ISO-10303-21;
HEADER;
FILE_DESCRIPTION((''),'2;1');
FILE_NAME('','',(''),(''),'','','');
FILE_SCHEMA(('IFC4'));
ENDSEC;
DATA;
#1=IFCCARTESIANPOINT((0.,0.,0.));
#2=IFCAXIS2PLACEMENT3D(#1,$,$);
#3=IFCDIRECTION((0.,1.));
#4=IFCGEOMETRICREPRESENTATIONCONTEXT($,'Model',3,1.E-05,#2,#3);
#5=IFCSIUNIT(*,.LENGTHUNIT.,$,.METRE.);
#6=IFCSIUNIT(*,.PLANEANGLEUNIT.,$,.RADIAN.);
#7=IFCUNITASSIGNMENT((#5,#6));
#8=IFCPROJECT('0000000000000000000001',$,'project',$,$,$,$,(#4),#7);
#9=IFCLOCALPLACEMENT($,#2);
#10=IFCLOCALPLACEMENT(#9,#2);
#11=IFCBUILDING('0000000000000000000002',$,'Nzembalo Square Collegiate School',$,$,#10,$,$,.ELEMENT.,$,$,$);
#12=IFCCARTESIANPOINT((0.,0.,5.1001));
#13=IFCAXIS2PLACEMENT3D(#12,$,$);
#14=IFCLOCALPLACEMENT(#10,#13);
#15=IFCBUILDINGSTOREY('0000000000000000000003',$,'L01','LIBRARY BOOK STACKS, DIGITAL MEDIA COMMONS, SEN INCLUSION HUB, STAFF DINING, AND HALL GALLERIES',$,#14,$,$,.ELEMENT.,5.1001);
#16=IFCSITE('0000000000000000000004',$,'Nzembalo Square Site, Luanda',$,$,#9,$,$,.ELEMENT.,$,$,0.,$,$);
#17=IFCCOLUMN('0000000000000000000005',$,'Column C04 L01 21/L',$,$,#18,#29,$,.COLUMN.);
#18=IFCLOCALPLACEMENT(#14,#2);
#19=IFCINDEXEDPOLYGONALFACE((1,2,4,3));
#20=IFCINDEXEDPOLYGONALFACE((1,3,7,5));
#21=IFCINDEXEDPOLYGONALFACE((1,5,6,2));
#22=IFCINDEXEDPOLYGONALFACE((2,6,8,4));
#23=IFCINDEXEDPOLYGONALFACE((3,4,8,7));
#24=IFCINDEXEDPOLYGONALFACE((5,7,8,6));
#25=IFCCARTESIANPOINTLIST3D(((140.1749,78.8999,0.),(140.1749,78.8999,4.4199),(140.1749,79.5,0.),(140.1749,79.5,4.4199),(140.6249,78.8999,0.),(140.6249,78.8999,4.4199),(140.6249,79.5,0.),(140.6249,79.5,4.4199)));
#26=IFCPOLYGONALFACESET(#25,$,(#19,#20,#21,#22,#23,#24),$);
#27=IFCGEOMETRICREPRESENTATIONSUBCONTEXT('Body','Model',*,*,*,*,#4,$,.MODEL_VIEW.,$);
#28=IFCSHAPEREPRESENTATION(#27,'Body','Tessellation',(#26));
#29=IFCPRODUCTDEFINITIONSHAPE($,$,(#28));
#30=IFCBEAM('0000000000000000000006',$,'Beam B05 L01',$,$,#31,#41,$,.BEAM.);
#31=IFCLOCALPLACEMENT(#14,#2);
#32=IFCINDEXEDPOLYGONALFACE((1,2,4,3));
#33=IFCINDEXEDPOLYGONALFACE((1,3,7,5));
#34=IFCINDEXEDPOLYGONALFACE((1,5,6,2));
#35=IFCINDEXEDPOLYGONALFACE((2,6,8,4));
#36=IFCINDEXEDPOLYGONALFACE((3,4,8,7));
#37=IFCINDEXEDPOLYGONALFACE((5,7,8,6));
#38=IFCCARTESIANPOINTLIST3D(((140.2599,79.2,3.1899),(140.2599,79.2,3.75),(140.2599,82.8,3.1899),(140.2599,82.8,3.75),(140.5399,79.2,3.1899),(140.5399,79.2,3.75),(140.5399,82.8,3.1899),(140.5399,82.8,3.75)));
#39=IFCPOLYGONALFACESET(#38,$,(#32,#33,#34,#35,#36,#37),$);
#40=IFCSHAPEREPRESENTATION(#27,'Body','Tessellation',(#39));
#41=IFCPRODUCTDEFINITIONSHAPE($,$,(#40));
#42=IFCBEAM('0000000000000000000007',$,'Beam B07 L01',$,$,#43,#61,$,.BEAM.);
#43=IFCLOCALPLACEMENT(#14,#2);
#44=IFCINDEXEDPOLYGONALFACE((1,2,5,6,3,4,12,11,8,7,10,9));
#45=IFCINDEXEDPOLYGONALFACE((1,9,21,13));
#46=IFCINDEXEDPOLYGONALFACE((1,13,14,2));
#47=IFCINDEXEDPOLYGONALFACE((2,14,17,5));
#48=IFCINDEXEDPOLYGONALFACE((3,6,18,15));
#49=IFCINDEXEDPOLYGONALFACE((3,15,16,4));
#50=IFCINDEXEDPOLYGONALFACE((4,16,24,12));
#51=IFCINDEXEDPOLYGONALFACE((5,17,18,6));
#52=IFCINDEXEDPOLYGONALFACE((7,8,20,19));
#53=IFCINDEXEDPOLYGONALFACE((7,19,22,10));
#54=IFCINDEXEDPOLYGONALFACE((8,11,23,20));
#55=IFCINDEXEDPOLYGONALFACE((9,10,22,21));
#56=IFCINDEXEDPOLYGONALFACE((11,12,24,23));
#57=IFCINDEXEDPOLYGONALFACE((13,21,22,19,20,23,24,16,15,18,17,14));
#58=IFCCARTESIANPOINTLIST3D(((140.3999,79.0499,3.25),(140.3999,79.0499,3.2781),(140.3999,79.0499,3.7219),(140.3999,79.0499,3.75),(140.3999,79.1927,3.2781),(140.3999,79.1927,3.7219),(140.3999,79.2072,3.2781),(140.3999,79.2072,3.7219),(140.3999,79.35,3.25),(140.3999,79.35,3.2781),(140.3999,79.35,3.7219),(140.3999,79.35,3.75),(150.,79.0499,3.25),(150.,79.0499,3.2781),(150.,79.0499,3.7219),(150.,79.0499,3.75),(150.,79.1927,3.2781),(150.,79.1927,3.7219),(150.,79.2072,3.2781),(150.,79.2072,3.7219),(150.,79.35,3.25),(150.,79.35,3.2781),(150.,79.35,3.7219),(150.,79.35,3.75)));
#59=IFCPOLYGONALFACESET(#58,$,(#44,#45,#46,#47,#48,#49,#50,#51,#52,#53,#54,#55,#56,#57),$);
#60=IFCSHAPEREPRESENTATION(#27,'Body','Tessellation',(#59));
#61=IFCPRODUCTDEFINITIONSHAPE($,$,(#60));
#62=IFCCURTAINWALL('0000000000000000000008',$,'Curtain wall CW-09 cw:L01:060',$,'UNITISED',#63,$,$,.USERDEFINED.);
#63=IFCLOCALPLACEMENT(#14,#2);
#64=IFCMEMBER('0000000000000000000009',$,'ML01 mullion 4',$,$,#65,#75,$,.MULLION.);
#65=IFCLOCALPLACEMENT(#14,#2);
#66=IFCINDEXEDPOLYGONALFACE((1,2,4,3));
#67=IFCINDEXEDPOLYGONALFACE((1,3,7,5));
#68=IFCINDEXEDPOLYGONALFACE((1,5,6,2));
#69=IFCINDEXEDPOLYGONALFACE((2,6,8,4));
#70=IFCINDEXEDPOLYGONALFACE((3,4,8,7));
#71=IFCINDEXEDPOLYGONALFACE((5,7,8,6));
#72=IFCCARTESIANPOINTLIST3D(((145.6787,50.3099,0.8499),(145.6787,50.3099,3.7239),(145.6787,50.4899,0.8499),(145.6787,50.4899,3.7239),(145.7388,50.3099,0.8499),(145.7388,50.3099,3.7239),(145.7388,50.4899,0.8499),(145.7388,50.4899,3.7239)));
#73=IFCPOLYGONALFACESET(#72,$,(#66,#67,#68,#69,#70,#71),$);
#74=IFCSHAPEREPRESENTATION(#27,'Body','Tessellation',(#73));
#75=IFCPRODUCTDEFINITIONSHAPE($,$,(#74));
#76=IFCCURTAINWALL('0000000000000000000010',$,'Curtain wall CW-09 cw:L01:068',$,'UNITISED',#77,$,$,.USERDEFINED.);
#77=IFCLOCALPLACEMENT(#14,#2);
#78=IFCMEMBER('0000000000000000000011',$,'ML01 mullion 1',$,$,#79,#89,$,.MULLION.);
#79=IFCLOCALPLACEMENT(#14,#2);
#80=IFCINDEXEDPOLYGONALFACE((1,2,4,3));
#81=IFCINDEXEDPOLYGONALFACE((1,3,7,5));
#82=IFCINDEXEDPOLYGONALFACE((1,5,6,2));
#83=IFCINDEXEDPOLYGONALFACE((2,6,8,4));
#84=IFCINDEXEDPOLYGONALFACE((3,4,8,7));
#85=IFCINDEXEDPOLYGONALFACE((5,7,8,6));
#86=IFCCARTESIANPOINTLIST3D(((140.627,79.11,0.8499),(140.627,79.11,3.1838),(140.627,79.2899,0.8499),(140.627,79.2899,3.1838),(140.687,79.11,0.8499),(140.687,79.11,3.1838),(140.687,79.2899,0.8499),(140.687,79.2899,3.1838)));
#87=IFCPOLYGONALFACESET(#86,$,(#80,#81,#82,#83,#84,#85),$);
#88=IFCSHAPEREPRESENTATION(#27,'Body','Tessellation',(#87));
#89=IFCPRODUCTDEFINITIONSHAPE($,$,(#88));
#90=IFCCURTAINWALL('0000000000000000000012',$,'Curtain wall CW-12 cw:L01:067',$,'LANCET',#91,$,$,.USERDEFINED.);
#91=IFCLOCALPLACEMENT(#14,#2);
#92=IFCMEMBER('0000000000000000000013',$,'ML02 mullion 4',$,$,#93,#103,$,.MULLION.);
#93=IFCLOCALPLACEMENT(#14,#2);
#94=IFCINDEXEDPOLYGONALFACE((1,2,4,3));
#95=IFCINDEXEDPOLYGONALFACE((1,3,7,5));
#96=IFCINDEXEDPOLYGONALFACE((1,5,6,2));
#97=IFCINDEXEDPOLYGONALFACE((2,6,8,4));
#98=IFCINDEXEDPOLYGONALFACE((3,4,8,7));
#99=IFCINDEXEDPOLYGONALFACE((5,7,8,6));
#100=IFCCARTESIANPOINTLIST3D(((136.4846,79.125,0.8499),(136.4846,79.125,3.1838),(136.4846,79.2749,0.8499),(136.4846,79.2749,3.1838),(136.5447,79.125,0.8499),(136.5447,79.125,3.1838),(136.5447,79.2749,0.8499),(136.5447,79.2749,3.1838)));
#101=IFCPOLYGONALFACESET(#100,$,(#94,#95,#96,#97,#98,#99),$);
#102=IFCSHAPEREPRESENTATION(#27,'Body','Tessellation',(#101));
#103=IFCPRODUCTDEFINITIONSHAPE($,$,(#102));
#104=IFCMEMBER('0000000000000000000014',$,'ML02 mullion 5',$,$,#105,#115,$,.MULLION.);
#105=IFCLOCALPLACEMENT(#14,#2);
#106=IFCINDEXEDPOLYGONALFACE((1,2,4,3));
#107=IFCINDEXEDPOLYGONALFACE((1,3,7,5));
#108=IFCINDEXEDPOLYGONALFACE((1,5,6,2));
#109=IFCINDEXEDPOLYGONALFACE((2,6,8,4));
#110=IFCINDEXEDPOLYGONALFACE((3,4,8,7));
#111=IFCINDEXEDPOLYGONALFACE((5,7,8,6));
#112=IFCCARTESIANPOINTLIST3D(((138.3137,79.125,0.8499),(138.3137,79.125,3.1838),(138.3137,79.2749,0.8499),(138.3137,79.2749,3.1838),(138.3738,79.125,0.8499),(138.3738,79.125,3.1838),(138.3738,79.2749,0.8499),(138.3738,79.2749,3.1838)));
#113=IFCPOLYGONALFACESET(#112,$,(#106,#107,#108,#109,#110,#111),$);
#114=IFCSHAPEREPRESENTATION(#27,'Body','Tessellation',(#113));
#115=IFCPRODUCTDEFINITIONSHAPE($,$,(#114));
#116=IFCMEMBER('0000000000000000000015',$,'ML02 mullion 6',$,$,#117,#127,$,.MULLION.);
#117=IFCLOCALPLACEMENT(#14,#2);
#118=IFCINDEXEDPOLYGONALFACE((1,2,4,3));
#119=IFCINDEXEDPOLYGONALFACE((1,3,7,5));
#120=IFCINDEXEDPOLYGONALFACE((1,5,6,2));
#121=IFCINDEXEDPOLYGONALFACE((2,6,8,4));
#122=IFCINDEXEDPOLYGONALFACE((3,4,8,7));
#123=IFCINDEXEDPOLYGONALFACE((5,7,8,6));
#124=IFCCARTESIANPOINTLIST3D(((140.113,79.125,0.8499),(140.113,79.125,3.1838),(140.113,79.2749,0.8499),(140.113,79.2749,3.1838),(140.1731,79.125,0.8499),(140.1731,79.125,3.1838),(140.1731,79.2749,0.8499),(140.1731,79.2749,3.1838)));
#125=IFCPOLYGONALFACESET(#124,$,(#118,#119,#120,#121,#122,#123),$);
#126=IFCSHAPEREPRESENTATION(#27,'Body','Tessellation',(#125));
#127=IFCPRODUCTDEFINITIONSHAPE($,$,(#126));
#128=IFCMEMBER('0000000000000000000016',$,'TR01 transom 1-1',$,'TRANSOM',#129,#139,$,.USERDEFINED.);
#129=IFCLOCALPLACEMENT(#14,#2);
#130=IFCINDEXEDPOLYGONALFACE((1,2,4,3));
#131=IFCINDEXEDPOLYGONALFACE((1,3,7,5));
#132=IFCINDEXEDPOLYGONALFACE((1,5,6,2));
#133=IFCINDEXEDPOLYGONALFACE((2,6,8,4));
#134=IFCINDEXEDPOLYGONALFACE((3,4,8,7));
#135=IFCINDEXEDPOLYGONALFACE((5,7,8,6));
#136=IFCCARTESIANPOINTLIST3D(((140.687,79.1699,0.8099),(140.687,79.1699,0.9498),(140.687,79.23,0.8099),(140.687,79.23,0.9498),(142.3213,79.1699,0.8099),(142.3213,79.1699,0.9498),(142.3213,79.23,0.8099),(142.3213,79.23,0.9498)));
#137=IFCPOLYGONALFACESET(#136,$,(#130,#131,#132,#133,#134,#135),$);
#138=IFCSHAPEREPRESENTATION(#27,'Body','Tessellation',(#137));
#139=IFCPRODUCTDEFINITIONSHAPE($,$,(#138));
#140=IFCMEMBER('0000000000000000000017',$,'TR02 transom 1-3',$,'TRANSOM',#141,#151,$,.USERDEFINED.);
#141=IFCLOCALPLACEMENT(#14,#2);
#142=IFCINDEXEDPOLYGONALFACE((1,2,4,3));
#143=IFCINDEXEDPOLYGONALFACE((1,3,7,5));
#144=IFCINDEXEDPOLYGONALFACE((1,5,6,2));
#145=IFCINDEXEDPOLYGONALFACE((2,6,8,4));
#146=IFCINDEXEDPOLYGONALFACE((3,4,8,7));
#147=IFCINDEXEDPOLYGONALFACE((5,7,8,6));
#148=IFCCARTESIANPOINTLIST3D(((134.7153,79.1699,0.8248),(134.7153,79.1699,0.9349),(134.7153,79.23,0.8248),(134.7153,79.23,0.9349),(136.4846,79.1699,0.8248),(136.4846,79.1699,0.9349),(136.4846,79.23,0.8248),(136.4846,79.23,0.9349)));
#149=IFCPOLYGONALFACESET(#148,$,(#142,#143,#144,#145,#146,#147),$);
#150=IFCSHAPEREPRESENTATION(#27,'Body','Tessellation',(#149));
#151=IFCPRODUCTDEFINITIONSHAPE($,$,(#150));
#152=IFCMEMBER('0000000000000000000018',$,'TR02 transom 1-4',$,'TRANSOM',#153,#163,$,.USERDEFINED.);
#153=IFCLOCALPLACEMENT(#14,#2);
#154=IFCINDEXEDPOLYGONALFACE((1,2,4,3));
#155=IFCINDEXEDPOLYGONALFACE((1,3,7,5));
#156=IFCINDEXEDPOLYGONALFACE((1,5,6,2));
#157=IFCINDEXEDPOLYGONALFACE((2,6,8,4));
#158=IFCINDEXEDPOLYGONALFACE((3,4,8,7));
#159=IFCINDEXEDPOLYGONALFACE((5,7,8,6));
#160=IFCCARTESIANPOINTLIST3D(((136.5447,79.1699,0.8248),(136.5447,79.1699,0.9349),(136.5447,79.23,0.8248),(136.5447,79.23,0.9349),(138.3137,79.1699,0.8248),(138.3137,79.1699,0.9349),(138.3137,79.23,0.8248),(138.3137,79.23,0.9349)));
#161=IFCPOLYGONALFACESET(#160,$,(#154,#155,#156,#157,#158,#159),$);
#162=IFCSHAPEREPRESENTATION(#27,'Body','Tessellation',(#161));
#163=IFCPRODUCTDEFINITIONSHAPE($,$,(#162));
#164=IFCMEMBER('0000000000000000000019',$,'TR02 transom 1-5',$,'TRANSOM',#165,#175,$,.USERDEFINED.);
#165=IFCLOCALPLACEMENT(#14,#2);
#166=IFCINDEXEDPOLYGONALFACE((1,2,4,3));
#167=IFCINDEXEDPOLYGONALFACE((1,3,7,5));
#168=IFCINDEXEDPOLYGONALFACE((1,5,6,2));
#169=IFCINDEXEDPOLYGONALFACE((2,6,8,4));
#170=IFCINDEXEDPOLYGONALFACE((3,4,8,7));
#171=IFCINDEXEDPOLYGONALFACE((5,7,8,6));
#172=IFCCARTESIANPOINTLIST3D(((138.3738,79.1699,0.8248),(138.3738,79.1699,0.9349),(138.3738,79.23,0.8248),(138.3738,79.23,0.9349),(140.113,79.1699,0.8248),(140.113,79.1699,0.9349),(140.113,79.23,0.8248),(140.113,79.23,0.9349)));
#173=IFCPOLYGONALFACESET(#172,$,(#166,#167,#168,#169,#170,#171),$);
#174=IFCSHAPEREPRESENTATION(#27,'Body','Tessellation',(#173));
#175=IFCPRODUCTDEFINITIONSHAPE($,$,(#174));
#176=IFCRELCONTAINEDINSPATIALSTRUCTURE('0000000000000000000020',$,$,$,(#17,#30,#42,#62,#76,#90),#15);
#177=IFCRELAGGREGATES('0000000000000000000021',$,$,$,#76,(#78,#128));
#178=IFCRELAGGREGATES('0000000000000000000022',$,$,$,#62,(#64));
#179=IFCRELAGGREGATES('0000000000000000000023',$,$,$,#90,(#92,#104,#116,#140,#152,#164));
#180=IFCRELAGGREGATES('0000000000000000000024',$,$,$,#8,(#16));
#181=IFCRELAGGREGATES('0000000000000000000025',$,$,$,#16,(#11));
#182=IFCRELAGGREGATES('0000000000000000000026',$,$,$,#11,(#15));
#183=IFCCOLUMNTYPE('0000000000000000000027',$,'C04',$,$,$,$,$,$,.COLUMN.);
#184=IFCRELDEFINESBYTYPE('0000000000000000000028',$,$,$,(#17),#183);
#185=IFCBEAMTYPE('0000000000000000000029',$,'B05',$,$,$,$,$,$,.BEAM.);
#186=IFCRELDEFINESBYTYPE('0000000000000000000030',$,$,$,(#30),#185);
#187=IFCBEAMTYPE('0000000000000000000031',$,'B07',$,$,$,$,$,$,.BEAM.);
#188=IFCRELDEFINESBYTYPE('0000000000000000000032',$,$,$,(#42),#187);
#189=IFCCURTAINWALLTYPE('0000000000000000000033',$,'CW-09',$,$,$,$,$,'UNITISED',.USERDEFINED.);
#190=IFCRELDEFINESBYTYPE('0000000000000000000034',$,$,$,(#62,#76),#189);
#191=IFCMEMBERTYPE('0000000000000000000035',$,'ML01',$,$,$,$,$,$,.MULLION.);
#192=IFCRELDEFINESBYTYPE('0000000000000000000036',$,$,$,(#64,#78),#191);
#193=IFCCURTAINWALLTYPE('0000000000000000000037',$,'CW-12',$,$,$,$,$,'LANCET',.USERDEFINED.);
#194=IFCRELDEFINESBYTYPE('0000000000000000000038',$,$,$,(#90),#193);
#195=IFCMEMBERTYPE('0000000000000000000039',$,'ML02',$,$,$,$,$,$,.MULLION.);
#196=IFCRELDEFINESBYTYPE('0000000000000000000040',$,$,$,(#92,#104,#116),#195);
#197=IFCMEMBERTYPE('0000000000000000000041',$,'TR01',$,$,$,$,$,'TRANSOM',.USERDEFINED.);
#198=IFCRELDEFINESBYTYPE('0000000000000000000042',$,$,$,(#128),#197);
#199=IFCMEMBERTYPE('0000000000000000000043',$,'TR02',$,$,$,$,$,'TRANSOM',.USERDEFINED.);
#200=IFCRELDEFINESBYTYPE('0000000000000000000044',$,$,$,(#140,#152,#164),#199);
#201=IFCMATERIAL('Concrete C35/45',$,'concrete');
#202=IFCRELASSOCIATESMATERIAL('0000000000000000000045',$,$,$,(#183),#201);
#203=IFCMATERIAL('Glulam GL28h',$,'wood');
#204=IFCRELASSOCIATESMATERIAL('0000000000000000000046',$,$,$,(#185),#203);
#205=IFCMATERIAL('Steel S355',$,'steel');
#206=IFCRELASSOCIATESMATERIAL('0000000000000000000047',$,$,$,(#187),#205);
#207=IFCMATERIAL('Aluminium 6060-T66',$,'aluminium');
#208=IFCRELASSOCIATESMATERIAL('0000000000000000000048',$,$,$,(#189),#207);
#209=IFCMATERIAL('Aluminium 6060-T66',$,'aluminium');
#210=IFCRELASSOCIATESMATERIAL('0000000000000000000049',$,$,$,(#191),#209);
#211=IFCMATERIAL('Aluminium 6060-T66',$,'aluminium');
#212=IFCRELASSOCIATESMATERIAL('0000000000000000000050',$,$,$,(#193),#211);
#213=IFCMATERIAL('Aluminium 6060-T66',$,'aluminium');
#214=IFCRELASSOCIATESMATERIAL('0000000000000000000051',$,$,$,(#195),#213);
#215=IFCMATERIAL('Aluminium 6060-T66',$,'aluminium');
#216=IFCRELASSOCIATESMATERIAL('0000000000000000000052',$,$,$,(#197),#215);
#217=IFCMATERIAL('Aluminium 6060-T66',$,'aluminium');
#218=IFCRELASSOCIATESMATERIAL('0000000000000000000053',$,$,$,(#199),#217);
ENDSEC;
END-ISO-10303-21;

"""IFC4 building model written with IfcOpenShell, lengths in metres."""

from ifc_helpers import new_model, si_unit, direction, frame, origin, origin_2d, place, context, subcontext, project, spatial, rectangle, i_section, extrude, material, material_profile, profile_set, type_object, element, aggregate, save


model = new_model("IFC4")

# Units and contexts
model_context = context("Model", 3, precision=1e-05, world=origin(), true_north=direction((0.0, 1.0)))
body_context = subcontext(model_context, "Body", "Model", "MODEL_VIEW")
ifc_project = project(units=[si_unit("LENGTHUNIT", "METRE"), si_unit("PLANEANGLEUNIT", "RADIAN")], contexts=[model_context])

# Site, building, storey
site_placement = place(None, origin())
site = spatial("IfcSite", under=ifc_project, at=site_placement, Name="Nzembalo Square Site, Luanda", CompositionType="ELEMENT", RefElevation=0.0)
building_placement = place(site_placement, origin())
building = spatial("IfcBuilding", under=site, at=building_placement, Name="Nzembalo Square Collegiate School", CompositionType="ELEMENT")
storey_placement = place(building_placement, frame((0.0, 0.0, 5.1001)))
storey = spatial("IfcBuildingStorey", under=building, at=storey_placement, Name="L01", Description="LIBRARY BOOK STACKS, DIGITAL MEDIA COMMONS, SEN INCLUSION HUB, STAFF DINING, AND HALL GALLERIES", CompositionType="ELEMENT", Elevation=5.1001)

# Column
ifc_material_1 = material(Name="Concrete C35/45", Category="concrete")
ifc_material_profile_1 = material_profile(ifc_material_1, rectangle(XDim=0.45, YDim=0.6001, at=origin_2d()), Name="RC 450x600")
ifc_profile_set_1 = profile_set([ifc_material_profile_1], Name="Concrete C35/45")
column_type = type_object("IfcColumnType", Name="C04", PredefinedType="COLUMN", material=ifc_profile_set_1)
column_placement = place(storey_placement, frame((140.3999, 79.2, 0.0), z_axis=(0.0, 0.0, 1.0), x_axis=(1.0, 0.0, 0.0)))
element("IfcColumn", 1, at=column_placement, inside=storey, type_object=column_type, Name="Column C04 L01 21/L", PredefinedType="COLUMN", context=body_context, shape_type="SweptSolid", body=[
    extrude(rectangle(XDim=0.45, YDim=0.6001, at=origin_2d()), origin(), (0.0, 0.0, 1.0), 4.4199),
])

# Beams
ifc_material_2 = material(Name="Glulam GL28h", Category="wood")
ifc_material_profile_2 = material_profile(ifc_material_2, rectangle(XDim=0.28, YDim=0.5601, at=origin_2d()), Name="GL28h 280x560")
ifc_profile_set_2 = profile_set([ifc_material_profile_2], Name="Glulam GL28h")
beam_type_1 = type_object("IfcBeamType", Name="B05", PredefinedType="BEAM", material=ifc_profile_set_2)
beam_1_placement = place(storey_placement, frame((140.3999, 79.2, 3.47), z_axis=(0.0, 1.0, 0.0), x_axis=(-1.0, 0.0, 0.0)))
element("IfcBeam", 2, at=beam_1_placement, inside=storey, type_object=beam_type_1, Name="Beam B05 L01", PredefinedType="BEAM", context=body_context, shape_type="SweptSolid", body=[
    extrude(rectangle(XDim=0.28, YDim=0.5601, at=origin_2d()), origin(), (0.0, 0.0, 1.0), 3.6001),
])
ifc_material_3 = material(Name="Steel S355", Category="steel")
ifc_material_profile_3 = material_profile(ifc_material_3, i_section(OverallWidth=0.3, OverallDepth=0.5, WebThickness=0.0144, FlangeThickness=0.0281, at=origin_2d()), Name="HEB 500")
ifc_profile_set_3 = profile_set([ifc_material_profile_3], Name="Steel S355")
beam_type_2 = type_object("IfcBeamType", Name="B07", PredefinedType="BEAM", material=ifc_profile_set_3)
beam_2_placement = place(storey_placement, frame((140.3999, 79.2, 3.5), z_axis=(1.0, 0.0, 0.0), x_axis=(0.0, 1.0, 0.0)))
element("IfcBeam", 3, at=beam_2_placement, inside=storey, type_object=beam_type_2, Name="Beam B07 L01", PredefinedType="BEAM", context=body_context, shape_type="SweptSolid", body=[
    extrude(i_section(OverallWidth=0.3, OverallDepth=0.5, WebThickness=0.0144, FlangeThickness=0.0281, at=origin_2d()), origin(), (0.0, 0.0, 1.0), 9.6001),
])

# Curtain walls, members
ifc_material_4 = material(Name="Aluminium 6060-T66", Category="aluminium")
curtain_wall_type_1 = type_object("IfcCurtainWallType", Name="CW-09", ElementType="UNITISED", PredefinedType="USERDEFINED", material=ifc_material_4)
curtain_wall_1_placement = place(storey_placement, origin())
curtain_wall_1 = element("IfcCurtainWall", 4, at=curtain_wall_1_placement, inside=storey, type_object=curtain_wall_type_1, Name="Curtain wall CW-09 cw:L01:060", ObjectType="UNITISED", PredefinedType="USERDEFINED")
ifc_material_5 = material(Name="Aluminium 6060-T66", Category="aluminium")
ifc_material_profile_4 = material_profile(ifc_material_5, rectangle(XDim=0.0601, YDim=0.1799, at=origin_2d()), Name="ALU M60x180")
ifc_profile_set_4 = profile_set([ifc_material_profile_4], Name="Aluminium 6060-T66")
member_type_1 = type_object("IfcMemberType", Name="ML01", PredefinedType="MULLION", material=ifc_profile_set_4)
member_1_placement = place(storey_placement, frame((145.7087, 50.3999, 0.8499), z_axis=(0.0, 0.0, 1.0), x_axis=(1.0, 0.0, 0.0)))
member_1 = element("IfcMember", 5, at=member_1_placement, type_object=member_type_1, Name="ML01 mullion 4", PredefinedType="MULLION", context=body_context, shape_type="SweptSolid", body=[
    extrude(rectangle(XDim=0.0601, YDim=0.1799, at=origin_2d()), origin(), (0.0, 0.0, 1.0), 2.874),
])
curtain_wall_2_placement = place(storey_placement, origin())
curtain_wall_2 = element("IfcCurtainWall", 6, at=curtain_wall_2_placement, inside=storey, type_object=curtain_wall_type_1, Name="Curtain wall CW-09 cw:L01:068", ObjectType="UNITISED", PredefinedType="USERDEFINED")
member_2_placement = place(storey_placement, frame((140.657, 79.2, 0.8499), z_axis=(0.0, 0.0, 1.0), x_axis=(1.0, 0.0, 0.0)))
member_2 = element("IfcMember", 7, at=member_2_placement, type_object=member_type_1, Name="ML01 mullion 1", PredefinedType="MULLION", context=body_context, shape_type="SweptSolid", body=[
    extrude(rectangle(XDim=0.0601, YDim=0.1799, at=origin_2d()), origin(), (0.0, 0.0, 1.0), 2.334),
])

# Curtain wall, members
ifc_material_6 = material(Name="Aluminium 6060-T66", Category="aluminium")
curtain_wall_type_2 = type_object("IfcCurtainWallType", Name="CW-12", ElementType="LANCET", PredefinedType="USERDEFINED", material=ifc_material_6)
curtain_wall_3_placement = place(storey_placement, origin())
curtain_wall_3 = element("IfcCurtainWall", 8, at=curtain_wall_3_placement, inside=storey, type_object=curtain_wall_type_2, Name="Curtain wall CW-12 cw:L01:067", ObjectType="LANCET", PredefinedType="USERDEFINED")
ifc_material_7 = material(Name="Aluminium 6060-T66", Category="aluminium")
ifc_material_profile_5 = material_profile(ifc_material_7, rectangle(XDim=0.0601, YDim=0.1499, at=origin_2d()), Name="ALU M60x150")
ifc_profile_set_5 = profile_set([ifc_material_profile_5], Name="Aluminium 6060-T66")
member_type_2 = type_object("IfcMemberType", Name="ML02", PredefinedType="MULLION", material=ifc_profile_set_5)
member_3_placement = place(storey_placement, frame((136.5146, 79.2, 0.8499), z_axis=(0.0, 0.0, 1.0), x_axis=(1.0, 0.0, 0.0)))
member_3 = element("IfcMember", 9, at=member_3_placement, type_object=member_type_2, Name="ML02 mullion 4", PredefinedType="MULLION", context=body_context, shape_type="SweptSolid", body=[
    extrude(rectangle(XDim=0.0601, YDim=0.1499, at=origin_2d()), origin(), (0.0, 0.0, 1.0), 2.334),
])
member_4_placement = place(storey_placement, frame((138.3438, 79.2, 0.8499), z_axis=(0.0, 0.0, 1.0), x_axis=(1.0, 0.0, 0.0)))
member_4 = element("IfcMember", 10, at=member_4_placement, type_object=member_type_2, Name="ML02 mullion 5", PredefinedType="MULLION", context=body_context, shape_type="SweptSolid", body=[
    extrude(rectangle(XDim=0.0601, YDim=0.1499, at=origin_2d()), origin(), (0.0, 0.0, 1.0), 2.334),
])
member_5_placement = place(storey_placement, frame((140.1431, 79.2, 0.8499), z_axis=(0.0, 0.0, 1.0), x_axis=(1.0, 0.0, 0.0)))
member_5 = element("IfcMember", 11, at=member_5_placement, type_object=member_type_2, Name="ML02 mullion 6", PredefinedType="MULLION", context=body_context, shape_type="SweptSolid", body=[
    extrude(rectangle(XDim=0.0601, YDim=0.1499, at=origin_2d()), origin(), (0.0, 0.0, 1.0), 2.334),
])

# Members
ifc_material_8 = material(Name="Aluminium 6060-T66", Category="aluminium")
ifc_material_profile_6 = material_profile(ifc_material_8, rectangle(XDim=0.0601, YDim=0.1399, at=origin_2d()), Name="ALU T60x140")
ifc_profile_set_6 = profile_set([ifc_material_profile_6], Name="Aluminium 6060-T66")
member_type_3 = type_object("IfcMemberType", Name="TR01", ElementType="TRANSOM", PredefinedType="USERDEFINED", material=ifc_profile_set_6)
member_6_placement = place(storey_placement, frame((140.687, 79.2, 0.8799), z_axis=(1.0, 0.0, 0.0), x_axis=(0.0, 1.0, 0.0)))
member_6 = element("IfcMember", 12, at=member_6_placement, type_object=member_type_3, Name="TR01 transom 1-1", ObjectType="TRANSOM", PredefinedType="USERDEFINED", context=body_context, shape_type="SweptSolid", body=[
    extrude(rectangle(XDim=0.0601, YDim=0.1399, at=origin_2d()), origin(), (0.0, 0.0, 1.0), 1.6343),
])
aggregate(curtain_wall_2, [member_2, member_6])
ifc_material_9 = material(Name="Aluminium 6060-T66", Category="aluminium")
ifc_material_profile_7 = material_profile(ifc_material_9, rectangle(XDim=0.0601, YDim=0.1101, at=origin_2d()), Name="ALU T60x110")
ifc_profile_set_7 = profile_set([ifc_material_profile_7], Name="Aluminium 6060-T66")
member_type_4 = type_object("IfcMemberType", Name="TR02", ElementType="TRANSOM", PredefinedType="USERDEFINED", material=ifc_profile_set_7)
member_7_placement = place(storey_placement, frame((134.7153, 79.2, 0.8799), z_axis=(1.0, 0.0, 0.0), x_axis=(0.0, 1.0, 0.0)))
member_7 = element("IfcMember", 13, at=member_7_placement, type_object=member_type_4, Name="TR02 transom 1-3", ObjectType="TRANSOM", PredefinedType="USERDEFINED", context=body_context, shape_type="SweptSolid", body=[
    extrude(rectangle(XDim=0.0601, YDim=0.1101, at=origin_2d()), origin(), (0.0, 0.0, 1.0), 1.7693),
])
member_8_placement = place(storey_placement, frame((136.5447, 79.2, 0.8799), z_axis=(1.0, 0.0, 0.0), x_axis=(0.0, 1.0, 0.0)))
member_8 = element("IfcMember", 14, at=member_8_placement, type_object=member_type_4, Name="TR02 transom 1-4", ObjectType="TRANSOM", PredefinedType="USERDEFINED", context=body_context, shape_type="SweptSolid", body=[
    extrude(rectangle(XDim=0.0601, YDim=0.1101, at=origin_2d()), origin(), (0.0, 0.0, 1.0), 1.769),
])
member_9_placement = place(storey_placement, frame((138.3738, 79.2, 0.8799), z_axis=(1.0, 0.0, 0.0), x_axis=(0.0, 1.0, 0.0)))
member_9 = element("IfcMember", 15, at=member_9_placement, type_object=member_type_4, Name="TR02 transom 1-5", ObjectType="TRANSOM", PredefinedType="USERDEFINED", context=body_context, shape_type="SweptSolid", body=[
    extrude(rectangle(XDim=0.0601, YDim=0.1101, at=origin_2d()), origin(), (0.0, 0.0, 1.0), 1.7393),
])

aggregate(curtain_wall_1, [member_1])
aggregate(curtain_wall_3, [member_3, member_4, member_5, member_7, member_8, member_9])

save(model, "model.ifc")
